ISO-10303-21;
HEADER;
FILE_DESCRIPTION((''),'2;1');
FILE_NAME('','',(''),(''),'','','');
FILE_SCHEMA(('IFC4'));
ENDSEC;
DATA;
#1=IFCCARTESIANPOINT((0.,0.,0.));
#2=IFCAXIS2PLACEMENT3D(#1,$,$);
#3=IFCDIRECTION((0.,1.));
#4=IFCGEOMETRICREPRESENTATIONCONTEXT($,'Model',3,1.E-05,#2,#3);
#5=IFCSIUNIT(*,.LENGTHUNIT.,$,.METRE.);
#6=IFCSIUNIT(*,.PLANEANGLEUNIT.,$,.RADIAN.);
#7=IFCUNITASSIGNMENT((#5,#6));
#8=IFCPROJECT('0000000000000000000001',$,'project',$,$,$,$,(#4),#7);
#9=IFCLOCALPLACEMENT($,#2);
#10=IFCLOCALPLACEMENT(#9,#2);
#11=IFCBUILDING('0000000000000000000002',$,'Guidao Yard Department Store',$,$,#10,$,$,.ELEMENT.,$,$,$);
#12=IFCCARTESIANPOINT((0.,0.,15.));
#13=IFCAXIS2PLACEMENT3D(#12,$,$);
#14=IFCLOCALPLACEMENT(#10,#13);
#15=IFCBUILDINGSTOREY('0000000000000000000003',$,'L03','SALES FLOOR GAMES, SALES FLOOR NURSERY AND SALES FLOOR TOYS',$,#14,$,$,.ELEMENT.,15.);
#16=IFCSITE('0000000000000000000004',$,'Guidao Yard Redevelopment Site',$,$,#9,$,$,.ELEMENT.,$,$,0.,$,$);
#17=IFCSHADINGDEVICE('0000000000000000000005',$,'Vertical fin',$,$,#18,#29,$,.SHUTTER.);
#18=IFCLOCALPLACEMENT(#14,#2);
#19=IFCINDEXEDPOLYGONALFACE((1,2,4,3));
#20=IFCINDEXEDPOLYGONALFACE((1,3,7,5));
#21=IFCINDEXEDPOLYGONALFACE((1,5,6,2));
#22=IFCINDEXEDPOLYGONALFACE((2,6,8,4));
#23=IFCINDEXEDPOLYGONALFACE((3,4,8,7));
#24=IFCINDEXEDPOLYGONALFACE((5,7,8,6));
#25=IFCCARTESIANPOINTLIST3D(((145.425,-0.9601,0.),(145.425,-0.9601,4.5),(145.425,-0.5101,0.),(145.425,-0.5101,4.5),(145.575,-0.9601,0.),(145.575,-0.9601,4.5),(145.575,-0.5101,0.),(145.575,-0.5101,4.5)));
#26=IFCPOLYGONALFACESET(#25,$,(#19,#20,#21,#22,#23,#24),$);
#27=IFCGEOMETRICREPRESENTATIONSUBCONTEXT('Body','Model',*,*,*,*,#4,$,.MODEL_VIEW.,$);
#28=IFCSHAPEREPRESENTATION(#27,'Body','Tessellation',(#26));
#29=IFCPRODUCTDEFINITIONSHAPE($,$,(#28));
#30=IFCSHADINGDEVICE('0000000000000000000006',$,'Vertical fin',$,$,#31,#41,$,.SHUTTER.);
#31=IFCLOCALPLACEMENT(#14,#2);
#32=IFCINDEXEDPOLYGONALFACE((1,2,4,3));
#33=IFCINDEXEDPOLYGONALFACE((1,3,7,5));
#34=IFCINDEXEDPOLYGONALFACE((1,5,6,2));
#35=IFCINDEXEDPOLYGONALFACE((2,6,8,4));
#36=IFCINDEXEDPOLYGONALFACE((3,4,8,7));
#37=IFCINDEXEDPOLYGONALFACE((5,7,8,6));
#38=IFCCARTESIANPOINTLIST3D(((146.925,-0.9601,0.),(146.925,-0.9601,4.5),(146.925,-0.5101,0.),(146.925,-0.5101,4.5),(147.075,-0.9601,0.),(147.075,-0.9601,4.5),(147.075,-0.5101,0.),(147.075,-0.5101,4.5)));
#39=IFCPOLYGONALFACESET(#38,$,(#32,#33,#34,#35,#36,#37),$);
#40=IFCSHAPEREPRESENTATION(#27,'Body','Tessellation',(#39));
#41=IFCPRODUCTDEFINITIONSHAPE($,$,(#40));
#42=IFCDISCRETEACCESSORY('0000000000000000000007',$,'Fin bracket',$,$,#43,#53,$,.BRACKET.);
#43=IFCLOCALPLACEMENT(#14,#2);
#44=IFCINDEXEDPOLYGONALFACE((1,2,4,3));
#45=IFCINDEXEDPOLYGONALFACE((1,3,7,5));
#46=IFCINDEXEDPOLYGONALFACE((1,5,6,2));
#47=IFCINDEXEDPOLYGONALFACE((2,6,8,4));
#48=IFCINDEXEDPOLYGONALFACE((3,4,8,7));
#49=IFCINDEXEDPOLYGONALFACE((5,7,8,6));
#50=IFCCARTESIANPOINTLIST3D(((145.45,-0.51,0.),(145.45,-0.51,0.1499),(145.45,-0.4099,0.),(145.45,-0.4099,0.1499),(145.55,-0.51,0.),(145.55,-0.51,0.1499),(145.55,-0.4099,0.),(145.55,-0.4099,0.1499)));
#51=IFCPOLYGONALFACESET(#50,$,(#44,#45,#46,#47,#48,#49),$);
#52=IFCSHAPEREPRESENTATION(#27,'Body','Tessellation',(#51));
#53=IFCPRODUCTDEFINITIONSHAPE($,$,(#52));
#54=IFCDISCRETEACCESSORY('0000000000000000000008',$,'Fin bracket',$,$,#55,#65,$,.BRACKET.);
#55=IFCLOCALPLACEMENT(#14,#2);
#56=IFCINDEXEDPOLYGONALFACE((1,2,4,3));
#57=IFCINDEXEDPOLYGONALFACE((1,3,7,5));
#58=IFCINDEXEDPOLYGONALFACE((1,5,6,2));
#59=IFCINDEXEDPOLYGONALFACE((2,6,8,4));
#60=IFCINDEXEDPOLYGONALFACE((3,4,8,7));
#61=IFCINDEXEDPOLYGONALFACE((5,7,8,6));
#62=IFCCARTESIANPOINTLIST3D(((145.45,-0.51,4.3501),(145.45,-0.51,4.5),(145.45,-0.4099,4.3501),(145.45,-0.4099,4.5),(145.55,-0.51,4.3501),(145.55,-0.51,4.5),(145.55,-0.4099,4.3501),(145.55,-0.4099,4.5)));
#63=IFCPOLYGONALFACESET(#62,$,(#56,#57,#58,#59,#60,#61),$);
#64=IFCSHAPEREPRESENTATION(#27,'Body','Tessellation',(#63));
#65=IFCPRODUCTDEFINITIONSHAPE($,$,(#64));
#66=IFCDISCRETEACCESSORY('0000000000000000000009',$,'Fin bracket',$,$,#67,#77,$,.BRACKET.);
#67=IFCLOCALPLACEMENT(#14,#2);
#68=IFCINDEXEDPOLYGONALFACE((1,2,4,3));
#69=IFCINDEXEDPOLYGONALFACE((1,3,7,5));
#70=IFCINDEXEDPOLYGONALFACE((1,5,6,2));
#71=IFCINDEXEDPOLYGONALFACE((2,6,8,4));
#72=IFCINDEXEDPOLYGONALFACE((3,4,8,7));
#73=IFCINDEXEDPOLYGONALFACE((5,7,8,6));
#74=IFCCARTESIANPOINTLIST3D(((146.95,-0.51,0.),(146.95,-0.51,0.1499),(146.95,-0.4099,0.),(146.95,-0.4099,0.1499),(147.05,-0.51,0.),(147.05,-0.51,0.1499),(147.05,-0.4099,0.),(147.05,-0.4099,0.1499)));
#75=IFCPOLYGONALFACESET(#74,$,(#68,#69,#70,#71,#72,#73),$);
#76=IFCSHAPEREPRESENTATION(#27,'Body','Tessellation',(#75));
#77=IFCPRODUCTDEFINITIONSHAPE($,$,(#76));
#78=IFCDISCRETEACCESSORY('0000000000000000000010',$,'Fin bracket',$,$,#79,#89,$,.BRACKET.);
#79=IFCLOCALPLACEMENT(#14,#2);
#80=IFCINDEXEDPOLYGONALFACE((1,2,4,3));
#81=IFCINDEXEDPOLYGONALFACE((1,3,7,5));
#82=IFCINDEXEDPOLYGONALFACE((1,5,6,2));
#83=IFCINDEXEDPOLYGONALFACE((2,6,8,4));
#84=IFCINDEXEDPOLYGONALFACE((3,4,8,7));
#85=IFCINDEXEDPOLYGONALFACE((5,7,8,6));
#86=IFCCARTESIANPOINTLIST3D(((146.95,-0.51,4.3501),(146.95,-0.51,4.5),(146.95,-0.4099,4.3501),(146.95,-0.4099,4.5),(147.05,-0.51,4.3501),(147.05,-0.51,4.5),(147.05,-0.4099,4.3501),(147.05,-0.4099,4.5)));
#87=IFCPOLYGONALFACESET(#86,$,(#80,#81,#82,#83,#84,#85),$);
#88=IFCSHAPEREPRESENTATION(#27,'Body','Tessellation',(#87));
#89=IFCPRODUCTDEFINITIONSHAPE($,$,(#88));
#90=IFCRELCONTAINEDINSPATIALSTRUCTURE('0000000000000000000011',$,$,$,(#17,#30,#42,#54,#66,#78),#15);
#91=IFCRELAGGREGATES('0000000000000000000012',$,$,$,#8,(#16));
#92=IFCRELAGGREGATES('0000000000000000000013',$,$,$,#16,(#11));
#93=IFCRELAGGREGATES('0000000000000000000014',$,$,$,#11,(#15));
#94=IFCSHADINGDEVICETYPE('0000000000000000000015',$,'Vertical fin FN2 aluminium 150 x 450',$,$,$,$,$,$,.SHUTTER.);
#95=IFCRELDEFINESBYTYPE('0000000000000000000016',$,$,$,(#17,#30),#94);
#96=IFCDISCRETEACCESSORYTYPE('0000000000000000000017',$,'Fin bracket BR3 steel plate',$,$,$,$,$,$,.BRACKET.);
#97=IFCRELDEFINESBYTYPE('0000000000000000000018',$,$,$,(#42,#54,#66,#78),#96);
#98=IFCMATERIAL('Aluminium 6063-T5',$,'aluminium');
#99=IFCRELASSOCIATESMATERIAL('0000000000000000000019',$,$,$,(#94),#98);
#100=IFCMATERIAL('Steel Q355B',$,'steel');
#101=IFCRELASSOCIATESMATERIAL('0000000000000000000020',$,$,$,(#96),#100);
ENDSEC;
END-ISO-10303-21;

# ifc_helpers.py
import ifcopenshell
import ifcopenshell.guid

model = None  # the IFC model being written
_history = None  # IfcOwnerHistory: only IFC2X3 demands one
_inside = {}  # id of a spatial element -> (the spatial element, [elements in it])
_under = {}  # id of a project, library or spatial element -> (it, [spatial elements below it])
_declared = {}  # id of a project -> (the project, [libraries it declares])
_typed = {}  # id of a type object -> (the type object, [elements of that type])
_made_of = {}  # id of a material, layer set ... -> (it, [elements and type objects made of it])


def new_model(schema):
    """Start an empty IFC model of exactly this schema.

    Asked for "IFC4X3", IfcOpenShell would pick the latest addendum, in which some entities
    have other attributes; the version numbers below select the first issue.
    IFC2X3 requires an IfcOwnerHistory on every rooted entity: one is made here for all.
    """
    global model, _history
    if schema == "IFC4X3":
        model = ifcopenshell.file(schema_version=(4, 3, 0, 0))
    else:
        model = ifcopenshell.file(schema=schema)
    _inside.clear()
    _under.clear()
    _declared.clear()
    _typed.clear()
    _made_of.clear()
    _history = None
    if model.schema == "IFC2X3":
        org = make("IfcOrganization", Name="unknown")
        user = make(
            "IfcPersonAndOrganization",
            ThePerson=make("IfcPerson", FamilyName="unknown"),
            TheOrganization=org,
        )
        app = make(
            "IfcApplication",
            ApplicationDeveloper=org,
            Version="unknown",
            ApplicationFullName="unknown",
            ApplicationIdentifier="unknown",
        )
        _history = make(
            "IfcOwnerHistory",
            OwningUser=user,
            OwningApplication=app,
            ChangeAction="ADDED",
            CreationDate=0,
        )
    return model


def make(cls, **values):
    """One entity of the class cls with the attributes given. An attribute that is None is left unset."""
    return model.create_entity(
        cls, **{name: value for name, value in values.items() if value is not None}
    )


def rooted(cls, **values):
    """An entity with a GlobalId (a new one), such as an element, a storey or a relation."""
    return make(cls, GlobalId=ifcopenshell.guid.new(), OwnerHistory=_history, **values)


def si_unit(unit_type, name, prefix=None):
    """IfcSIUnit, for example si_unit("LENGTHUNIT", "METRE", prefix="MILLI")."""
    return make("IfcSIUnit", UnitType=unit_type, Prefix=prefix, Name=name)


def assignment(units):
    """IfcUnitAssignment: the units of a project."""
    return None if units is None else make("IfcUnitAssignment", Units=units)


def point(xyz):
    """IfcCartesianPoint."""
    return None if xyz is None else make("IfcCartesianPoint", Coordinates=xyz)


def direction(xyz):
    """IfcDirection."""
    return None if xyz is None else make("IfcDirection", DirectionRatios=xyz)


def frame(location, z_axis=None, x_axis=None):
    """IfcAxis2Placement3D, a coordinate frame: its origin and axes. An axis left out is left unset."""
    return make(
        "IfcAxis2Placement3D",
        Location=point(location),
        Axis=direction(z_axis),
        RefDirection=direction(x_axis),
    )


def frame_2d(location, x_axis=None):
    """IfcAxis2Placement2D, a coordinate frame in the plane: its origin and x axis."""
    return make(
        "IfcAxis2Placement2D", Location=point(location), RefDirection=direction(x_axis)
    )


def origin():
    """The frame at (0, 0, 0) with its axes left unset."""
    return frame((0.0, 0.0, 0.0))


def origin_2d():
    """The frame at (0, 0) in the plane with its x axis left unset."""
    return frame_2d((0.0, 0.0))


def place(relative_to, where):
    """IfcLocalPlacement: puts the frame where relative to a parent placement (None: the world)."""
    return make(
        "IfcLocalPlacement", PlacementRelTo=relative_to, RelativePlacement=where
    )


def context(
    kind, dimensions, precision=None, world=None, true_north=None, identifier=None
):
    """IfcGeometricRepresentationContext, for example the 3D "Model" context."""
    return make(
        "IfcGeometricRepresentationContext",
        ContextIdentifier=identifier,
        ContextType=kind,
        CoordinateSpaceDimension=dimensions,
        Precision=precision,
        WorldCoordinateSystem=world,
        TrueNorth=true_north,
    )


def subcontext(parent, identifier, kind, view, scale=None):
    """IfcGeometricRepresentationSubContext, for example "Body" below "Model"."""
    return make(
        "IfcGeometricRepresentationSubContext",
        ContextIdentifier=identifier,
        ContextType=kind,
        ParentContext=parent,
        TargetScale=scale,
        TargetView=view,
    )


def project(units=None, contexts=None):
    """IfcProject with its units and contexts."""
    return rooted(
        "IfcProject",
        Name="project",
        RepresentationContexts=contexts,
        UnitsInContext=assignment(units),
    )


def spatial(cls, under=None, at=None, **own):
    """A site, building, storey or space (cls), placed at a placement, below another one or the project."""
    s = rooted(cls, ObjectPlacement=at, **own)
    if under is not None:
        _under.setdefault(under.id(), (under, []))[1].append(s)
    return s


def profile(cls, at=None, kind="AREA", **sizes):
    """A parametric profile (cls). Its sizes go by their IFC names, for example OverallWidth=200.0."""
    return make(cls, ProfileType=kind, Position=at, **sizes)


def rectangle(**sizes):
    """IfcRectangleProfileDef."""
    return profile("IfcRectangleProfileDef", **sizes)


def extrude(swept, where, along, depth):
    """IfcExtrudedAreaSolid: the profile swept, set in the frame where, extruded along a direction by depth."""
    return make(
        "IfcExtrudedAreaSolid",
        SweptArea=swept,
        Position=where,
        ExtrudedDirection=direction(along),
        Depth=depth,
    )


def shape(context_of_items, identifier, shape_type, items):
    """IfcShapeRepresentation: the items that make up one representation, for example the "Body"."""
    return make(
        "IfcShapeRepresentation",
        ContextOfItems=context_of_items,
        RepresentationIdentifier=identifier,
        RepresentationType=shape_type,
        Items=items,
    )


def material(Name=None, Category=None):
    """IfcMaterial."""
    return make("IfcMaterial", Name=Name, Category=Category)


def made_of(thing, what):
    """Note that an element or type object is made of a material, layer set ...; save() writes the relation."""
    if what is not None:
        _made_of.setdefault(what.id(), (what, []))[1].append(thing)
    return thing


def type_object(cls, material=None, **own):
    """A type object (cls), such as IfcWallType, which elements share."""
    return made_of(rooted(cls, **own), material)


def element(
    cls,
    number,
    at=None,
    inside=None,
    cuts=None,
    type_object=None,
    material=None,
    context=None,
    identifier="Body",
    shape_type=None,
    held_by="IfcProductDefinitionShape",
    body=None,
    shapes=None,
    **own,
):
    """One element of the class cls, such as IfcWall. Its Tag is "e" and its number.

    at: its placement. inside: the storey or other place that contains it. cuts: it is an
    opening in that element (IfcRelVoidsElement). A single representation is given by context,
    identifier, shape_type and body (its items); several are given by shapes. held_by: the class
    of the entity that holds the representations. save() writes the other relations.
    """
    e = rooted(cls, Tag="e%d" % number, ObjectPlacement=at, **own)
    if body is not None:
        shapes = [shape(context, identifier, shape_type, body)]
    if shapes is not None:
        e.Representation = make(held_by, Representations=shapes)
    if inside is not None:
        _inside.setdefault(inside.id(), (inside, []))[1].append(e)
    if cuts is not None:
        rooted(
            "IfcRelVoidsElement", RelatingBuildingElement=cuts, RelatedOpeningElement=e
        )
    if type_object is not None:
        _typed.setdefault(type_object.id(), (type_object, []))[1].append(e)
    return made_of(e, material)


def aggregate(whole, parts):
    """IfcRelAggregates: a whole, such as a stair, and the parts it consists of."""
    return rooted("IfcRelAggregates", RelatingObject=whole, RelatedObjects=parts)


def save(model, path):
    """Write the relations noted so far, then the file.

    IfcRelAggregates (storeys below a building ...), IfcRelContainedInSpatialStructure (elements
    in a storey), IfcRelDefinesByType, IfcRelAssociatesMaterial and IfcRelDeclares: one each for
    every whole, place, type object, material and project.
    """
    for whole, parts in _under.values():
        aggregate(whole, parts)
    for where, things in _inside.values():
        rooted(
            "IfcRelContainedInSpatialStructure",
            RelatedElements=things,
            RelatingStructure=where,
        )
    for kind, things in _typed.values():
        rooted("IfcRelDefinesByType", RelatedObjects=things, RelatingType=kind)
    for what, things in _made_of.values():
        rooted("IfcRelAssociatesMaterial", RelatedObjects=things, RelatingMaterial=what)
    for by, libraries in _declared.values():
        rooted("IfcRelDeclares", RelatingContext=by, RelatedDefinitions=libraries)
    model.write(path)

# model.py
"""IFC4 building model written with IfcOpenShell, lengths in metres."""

from ifc_helpers import new_model, si_unit, direction, frame, origin, origin_2d, place, context, subcontext, project, spatial, rectangle, extrude, material, type_object, element, save


model = new_model("IFC4")

# Units and contexts
model_context = context("Model", 3, precision=1e-05, world=origin(), true_north=direction((0.0, 1.0)))
body_context = subcontext(model_context, "Body", "Model", "MODEL_VIEW")
ifc_project = project(units=[si_unit("LENGTHUNIT", "METRE"), si_unit("PLANEANGLEUNIT", "RADIAN")], contexts=[model_context])

# Site, building, storey
site_placement = place(None, origin())
site = spatial("IfcSite", under=ifc_project, at=site_placement, Name="Guidao Yard Redevelopment Site", CompositionType="ELEMENT", RefElevation=0.0)
building_placement = place(site_placement, origin())
building = spatial("IfcBuilding", under=site, at=building_placement, Name="Guidao Yard Department Store", CompositionType="ELEMENT")
storey_placement = place(building_placement, frame((0.0, 0.0, 15.0)))
storey = spatial("IfcBuildingStorey", under=building, at=storey_placement, Name="L03", Description="SALES FLOOR GAMES, SALES FLOOR NURSERY AND SALES FLOOR TOYS", CompositionType="ELEMENT", Elevation=15.0)

# Shading devices
ifc_material_1 = material(Name="Aluminium 6063-T5", Category="aluminium")
shading_device_type = type_object("IfcShadingDeviceType", Name="Vertical fin FN2 aluminium 150 x 450", PredefinedType="SHUTTER", material=ifc_material_1)
for number, where, z_axis, x_axis, name in (
    (1, (145.5, -0.7351, 0.0), (0.0, 0.0, 1.0), (-1.0, 0.0, 0.0), "Vertical fin"),
    (2, (147.0, -0.7351, 0.0), (0.0, 0.0, 1.0), (-1.0, 0.0, 0.0), "Vertical fin"),
):
    element("IfcShadingDevice", number, at=place(storey_placement, frame(where, z_axis=z_axis, x_axis=x_axis)), inside=storey, type_object=shading_device_type, Name=name, PredefinedType="SHUTTER", context=body_context, shape_type="SweptSolid", body=[
        extrude(rectangle(XDim=0.1499, YDim=0.45, at=origin_2d()), origin(), (0.0, 0.0, 1.0), 4.5),
    ])

# Discrete accessories
ifc_material_2 = material(Name="Steel Q355B", Category="steel")
discrete_accessory_type = type_object("IfcDiscreteAccessoryType", Name="Fin bracket BR3 steel plate", PredefinedType="BRACKET", material=ifc_material_2)
for number, where, z_axis, x_axis, name in (
    (3, (145.5, -0.46, 0.0), (0.0, 0.0, 1.0), (-1.0, 0.0, 0.0), "Fin bracket"),
    (4, (145.5, -0.46, 4.3501), (0.0, 0.0, 1.0), (-1.0, 0.0, 0.0), "Fin bracket"),
    (5, (147.0, -0.46, 0.0), (0.0, 0.0, 1.0), (-1.0, 0.0, 0.0), "Fin bracket"),
    (6, (147.0, -0.46, 4.3501), (0.0, 0.0, 1.0), (-1.0, 0.0, 0.0), "Fin bracket"),
):
    element("IfcDiscreteAccessory", number, at=place(storey_placement, frame(where, z_axis=z_axis, x_axis=x_axis)), inside=storey, type_object=discrete_accessory_type, Name=name, PredefinedType="BRACKET", context=body_context, shape_type="SweptSolid", body=[
        extrude(rectangle(XDim=0.1001, YDim=0.1001, at=origin_2d()), origin(), (0.0, 0.0, 1.0), 0.1499),
    ])

save(model, "model.ifc")
